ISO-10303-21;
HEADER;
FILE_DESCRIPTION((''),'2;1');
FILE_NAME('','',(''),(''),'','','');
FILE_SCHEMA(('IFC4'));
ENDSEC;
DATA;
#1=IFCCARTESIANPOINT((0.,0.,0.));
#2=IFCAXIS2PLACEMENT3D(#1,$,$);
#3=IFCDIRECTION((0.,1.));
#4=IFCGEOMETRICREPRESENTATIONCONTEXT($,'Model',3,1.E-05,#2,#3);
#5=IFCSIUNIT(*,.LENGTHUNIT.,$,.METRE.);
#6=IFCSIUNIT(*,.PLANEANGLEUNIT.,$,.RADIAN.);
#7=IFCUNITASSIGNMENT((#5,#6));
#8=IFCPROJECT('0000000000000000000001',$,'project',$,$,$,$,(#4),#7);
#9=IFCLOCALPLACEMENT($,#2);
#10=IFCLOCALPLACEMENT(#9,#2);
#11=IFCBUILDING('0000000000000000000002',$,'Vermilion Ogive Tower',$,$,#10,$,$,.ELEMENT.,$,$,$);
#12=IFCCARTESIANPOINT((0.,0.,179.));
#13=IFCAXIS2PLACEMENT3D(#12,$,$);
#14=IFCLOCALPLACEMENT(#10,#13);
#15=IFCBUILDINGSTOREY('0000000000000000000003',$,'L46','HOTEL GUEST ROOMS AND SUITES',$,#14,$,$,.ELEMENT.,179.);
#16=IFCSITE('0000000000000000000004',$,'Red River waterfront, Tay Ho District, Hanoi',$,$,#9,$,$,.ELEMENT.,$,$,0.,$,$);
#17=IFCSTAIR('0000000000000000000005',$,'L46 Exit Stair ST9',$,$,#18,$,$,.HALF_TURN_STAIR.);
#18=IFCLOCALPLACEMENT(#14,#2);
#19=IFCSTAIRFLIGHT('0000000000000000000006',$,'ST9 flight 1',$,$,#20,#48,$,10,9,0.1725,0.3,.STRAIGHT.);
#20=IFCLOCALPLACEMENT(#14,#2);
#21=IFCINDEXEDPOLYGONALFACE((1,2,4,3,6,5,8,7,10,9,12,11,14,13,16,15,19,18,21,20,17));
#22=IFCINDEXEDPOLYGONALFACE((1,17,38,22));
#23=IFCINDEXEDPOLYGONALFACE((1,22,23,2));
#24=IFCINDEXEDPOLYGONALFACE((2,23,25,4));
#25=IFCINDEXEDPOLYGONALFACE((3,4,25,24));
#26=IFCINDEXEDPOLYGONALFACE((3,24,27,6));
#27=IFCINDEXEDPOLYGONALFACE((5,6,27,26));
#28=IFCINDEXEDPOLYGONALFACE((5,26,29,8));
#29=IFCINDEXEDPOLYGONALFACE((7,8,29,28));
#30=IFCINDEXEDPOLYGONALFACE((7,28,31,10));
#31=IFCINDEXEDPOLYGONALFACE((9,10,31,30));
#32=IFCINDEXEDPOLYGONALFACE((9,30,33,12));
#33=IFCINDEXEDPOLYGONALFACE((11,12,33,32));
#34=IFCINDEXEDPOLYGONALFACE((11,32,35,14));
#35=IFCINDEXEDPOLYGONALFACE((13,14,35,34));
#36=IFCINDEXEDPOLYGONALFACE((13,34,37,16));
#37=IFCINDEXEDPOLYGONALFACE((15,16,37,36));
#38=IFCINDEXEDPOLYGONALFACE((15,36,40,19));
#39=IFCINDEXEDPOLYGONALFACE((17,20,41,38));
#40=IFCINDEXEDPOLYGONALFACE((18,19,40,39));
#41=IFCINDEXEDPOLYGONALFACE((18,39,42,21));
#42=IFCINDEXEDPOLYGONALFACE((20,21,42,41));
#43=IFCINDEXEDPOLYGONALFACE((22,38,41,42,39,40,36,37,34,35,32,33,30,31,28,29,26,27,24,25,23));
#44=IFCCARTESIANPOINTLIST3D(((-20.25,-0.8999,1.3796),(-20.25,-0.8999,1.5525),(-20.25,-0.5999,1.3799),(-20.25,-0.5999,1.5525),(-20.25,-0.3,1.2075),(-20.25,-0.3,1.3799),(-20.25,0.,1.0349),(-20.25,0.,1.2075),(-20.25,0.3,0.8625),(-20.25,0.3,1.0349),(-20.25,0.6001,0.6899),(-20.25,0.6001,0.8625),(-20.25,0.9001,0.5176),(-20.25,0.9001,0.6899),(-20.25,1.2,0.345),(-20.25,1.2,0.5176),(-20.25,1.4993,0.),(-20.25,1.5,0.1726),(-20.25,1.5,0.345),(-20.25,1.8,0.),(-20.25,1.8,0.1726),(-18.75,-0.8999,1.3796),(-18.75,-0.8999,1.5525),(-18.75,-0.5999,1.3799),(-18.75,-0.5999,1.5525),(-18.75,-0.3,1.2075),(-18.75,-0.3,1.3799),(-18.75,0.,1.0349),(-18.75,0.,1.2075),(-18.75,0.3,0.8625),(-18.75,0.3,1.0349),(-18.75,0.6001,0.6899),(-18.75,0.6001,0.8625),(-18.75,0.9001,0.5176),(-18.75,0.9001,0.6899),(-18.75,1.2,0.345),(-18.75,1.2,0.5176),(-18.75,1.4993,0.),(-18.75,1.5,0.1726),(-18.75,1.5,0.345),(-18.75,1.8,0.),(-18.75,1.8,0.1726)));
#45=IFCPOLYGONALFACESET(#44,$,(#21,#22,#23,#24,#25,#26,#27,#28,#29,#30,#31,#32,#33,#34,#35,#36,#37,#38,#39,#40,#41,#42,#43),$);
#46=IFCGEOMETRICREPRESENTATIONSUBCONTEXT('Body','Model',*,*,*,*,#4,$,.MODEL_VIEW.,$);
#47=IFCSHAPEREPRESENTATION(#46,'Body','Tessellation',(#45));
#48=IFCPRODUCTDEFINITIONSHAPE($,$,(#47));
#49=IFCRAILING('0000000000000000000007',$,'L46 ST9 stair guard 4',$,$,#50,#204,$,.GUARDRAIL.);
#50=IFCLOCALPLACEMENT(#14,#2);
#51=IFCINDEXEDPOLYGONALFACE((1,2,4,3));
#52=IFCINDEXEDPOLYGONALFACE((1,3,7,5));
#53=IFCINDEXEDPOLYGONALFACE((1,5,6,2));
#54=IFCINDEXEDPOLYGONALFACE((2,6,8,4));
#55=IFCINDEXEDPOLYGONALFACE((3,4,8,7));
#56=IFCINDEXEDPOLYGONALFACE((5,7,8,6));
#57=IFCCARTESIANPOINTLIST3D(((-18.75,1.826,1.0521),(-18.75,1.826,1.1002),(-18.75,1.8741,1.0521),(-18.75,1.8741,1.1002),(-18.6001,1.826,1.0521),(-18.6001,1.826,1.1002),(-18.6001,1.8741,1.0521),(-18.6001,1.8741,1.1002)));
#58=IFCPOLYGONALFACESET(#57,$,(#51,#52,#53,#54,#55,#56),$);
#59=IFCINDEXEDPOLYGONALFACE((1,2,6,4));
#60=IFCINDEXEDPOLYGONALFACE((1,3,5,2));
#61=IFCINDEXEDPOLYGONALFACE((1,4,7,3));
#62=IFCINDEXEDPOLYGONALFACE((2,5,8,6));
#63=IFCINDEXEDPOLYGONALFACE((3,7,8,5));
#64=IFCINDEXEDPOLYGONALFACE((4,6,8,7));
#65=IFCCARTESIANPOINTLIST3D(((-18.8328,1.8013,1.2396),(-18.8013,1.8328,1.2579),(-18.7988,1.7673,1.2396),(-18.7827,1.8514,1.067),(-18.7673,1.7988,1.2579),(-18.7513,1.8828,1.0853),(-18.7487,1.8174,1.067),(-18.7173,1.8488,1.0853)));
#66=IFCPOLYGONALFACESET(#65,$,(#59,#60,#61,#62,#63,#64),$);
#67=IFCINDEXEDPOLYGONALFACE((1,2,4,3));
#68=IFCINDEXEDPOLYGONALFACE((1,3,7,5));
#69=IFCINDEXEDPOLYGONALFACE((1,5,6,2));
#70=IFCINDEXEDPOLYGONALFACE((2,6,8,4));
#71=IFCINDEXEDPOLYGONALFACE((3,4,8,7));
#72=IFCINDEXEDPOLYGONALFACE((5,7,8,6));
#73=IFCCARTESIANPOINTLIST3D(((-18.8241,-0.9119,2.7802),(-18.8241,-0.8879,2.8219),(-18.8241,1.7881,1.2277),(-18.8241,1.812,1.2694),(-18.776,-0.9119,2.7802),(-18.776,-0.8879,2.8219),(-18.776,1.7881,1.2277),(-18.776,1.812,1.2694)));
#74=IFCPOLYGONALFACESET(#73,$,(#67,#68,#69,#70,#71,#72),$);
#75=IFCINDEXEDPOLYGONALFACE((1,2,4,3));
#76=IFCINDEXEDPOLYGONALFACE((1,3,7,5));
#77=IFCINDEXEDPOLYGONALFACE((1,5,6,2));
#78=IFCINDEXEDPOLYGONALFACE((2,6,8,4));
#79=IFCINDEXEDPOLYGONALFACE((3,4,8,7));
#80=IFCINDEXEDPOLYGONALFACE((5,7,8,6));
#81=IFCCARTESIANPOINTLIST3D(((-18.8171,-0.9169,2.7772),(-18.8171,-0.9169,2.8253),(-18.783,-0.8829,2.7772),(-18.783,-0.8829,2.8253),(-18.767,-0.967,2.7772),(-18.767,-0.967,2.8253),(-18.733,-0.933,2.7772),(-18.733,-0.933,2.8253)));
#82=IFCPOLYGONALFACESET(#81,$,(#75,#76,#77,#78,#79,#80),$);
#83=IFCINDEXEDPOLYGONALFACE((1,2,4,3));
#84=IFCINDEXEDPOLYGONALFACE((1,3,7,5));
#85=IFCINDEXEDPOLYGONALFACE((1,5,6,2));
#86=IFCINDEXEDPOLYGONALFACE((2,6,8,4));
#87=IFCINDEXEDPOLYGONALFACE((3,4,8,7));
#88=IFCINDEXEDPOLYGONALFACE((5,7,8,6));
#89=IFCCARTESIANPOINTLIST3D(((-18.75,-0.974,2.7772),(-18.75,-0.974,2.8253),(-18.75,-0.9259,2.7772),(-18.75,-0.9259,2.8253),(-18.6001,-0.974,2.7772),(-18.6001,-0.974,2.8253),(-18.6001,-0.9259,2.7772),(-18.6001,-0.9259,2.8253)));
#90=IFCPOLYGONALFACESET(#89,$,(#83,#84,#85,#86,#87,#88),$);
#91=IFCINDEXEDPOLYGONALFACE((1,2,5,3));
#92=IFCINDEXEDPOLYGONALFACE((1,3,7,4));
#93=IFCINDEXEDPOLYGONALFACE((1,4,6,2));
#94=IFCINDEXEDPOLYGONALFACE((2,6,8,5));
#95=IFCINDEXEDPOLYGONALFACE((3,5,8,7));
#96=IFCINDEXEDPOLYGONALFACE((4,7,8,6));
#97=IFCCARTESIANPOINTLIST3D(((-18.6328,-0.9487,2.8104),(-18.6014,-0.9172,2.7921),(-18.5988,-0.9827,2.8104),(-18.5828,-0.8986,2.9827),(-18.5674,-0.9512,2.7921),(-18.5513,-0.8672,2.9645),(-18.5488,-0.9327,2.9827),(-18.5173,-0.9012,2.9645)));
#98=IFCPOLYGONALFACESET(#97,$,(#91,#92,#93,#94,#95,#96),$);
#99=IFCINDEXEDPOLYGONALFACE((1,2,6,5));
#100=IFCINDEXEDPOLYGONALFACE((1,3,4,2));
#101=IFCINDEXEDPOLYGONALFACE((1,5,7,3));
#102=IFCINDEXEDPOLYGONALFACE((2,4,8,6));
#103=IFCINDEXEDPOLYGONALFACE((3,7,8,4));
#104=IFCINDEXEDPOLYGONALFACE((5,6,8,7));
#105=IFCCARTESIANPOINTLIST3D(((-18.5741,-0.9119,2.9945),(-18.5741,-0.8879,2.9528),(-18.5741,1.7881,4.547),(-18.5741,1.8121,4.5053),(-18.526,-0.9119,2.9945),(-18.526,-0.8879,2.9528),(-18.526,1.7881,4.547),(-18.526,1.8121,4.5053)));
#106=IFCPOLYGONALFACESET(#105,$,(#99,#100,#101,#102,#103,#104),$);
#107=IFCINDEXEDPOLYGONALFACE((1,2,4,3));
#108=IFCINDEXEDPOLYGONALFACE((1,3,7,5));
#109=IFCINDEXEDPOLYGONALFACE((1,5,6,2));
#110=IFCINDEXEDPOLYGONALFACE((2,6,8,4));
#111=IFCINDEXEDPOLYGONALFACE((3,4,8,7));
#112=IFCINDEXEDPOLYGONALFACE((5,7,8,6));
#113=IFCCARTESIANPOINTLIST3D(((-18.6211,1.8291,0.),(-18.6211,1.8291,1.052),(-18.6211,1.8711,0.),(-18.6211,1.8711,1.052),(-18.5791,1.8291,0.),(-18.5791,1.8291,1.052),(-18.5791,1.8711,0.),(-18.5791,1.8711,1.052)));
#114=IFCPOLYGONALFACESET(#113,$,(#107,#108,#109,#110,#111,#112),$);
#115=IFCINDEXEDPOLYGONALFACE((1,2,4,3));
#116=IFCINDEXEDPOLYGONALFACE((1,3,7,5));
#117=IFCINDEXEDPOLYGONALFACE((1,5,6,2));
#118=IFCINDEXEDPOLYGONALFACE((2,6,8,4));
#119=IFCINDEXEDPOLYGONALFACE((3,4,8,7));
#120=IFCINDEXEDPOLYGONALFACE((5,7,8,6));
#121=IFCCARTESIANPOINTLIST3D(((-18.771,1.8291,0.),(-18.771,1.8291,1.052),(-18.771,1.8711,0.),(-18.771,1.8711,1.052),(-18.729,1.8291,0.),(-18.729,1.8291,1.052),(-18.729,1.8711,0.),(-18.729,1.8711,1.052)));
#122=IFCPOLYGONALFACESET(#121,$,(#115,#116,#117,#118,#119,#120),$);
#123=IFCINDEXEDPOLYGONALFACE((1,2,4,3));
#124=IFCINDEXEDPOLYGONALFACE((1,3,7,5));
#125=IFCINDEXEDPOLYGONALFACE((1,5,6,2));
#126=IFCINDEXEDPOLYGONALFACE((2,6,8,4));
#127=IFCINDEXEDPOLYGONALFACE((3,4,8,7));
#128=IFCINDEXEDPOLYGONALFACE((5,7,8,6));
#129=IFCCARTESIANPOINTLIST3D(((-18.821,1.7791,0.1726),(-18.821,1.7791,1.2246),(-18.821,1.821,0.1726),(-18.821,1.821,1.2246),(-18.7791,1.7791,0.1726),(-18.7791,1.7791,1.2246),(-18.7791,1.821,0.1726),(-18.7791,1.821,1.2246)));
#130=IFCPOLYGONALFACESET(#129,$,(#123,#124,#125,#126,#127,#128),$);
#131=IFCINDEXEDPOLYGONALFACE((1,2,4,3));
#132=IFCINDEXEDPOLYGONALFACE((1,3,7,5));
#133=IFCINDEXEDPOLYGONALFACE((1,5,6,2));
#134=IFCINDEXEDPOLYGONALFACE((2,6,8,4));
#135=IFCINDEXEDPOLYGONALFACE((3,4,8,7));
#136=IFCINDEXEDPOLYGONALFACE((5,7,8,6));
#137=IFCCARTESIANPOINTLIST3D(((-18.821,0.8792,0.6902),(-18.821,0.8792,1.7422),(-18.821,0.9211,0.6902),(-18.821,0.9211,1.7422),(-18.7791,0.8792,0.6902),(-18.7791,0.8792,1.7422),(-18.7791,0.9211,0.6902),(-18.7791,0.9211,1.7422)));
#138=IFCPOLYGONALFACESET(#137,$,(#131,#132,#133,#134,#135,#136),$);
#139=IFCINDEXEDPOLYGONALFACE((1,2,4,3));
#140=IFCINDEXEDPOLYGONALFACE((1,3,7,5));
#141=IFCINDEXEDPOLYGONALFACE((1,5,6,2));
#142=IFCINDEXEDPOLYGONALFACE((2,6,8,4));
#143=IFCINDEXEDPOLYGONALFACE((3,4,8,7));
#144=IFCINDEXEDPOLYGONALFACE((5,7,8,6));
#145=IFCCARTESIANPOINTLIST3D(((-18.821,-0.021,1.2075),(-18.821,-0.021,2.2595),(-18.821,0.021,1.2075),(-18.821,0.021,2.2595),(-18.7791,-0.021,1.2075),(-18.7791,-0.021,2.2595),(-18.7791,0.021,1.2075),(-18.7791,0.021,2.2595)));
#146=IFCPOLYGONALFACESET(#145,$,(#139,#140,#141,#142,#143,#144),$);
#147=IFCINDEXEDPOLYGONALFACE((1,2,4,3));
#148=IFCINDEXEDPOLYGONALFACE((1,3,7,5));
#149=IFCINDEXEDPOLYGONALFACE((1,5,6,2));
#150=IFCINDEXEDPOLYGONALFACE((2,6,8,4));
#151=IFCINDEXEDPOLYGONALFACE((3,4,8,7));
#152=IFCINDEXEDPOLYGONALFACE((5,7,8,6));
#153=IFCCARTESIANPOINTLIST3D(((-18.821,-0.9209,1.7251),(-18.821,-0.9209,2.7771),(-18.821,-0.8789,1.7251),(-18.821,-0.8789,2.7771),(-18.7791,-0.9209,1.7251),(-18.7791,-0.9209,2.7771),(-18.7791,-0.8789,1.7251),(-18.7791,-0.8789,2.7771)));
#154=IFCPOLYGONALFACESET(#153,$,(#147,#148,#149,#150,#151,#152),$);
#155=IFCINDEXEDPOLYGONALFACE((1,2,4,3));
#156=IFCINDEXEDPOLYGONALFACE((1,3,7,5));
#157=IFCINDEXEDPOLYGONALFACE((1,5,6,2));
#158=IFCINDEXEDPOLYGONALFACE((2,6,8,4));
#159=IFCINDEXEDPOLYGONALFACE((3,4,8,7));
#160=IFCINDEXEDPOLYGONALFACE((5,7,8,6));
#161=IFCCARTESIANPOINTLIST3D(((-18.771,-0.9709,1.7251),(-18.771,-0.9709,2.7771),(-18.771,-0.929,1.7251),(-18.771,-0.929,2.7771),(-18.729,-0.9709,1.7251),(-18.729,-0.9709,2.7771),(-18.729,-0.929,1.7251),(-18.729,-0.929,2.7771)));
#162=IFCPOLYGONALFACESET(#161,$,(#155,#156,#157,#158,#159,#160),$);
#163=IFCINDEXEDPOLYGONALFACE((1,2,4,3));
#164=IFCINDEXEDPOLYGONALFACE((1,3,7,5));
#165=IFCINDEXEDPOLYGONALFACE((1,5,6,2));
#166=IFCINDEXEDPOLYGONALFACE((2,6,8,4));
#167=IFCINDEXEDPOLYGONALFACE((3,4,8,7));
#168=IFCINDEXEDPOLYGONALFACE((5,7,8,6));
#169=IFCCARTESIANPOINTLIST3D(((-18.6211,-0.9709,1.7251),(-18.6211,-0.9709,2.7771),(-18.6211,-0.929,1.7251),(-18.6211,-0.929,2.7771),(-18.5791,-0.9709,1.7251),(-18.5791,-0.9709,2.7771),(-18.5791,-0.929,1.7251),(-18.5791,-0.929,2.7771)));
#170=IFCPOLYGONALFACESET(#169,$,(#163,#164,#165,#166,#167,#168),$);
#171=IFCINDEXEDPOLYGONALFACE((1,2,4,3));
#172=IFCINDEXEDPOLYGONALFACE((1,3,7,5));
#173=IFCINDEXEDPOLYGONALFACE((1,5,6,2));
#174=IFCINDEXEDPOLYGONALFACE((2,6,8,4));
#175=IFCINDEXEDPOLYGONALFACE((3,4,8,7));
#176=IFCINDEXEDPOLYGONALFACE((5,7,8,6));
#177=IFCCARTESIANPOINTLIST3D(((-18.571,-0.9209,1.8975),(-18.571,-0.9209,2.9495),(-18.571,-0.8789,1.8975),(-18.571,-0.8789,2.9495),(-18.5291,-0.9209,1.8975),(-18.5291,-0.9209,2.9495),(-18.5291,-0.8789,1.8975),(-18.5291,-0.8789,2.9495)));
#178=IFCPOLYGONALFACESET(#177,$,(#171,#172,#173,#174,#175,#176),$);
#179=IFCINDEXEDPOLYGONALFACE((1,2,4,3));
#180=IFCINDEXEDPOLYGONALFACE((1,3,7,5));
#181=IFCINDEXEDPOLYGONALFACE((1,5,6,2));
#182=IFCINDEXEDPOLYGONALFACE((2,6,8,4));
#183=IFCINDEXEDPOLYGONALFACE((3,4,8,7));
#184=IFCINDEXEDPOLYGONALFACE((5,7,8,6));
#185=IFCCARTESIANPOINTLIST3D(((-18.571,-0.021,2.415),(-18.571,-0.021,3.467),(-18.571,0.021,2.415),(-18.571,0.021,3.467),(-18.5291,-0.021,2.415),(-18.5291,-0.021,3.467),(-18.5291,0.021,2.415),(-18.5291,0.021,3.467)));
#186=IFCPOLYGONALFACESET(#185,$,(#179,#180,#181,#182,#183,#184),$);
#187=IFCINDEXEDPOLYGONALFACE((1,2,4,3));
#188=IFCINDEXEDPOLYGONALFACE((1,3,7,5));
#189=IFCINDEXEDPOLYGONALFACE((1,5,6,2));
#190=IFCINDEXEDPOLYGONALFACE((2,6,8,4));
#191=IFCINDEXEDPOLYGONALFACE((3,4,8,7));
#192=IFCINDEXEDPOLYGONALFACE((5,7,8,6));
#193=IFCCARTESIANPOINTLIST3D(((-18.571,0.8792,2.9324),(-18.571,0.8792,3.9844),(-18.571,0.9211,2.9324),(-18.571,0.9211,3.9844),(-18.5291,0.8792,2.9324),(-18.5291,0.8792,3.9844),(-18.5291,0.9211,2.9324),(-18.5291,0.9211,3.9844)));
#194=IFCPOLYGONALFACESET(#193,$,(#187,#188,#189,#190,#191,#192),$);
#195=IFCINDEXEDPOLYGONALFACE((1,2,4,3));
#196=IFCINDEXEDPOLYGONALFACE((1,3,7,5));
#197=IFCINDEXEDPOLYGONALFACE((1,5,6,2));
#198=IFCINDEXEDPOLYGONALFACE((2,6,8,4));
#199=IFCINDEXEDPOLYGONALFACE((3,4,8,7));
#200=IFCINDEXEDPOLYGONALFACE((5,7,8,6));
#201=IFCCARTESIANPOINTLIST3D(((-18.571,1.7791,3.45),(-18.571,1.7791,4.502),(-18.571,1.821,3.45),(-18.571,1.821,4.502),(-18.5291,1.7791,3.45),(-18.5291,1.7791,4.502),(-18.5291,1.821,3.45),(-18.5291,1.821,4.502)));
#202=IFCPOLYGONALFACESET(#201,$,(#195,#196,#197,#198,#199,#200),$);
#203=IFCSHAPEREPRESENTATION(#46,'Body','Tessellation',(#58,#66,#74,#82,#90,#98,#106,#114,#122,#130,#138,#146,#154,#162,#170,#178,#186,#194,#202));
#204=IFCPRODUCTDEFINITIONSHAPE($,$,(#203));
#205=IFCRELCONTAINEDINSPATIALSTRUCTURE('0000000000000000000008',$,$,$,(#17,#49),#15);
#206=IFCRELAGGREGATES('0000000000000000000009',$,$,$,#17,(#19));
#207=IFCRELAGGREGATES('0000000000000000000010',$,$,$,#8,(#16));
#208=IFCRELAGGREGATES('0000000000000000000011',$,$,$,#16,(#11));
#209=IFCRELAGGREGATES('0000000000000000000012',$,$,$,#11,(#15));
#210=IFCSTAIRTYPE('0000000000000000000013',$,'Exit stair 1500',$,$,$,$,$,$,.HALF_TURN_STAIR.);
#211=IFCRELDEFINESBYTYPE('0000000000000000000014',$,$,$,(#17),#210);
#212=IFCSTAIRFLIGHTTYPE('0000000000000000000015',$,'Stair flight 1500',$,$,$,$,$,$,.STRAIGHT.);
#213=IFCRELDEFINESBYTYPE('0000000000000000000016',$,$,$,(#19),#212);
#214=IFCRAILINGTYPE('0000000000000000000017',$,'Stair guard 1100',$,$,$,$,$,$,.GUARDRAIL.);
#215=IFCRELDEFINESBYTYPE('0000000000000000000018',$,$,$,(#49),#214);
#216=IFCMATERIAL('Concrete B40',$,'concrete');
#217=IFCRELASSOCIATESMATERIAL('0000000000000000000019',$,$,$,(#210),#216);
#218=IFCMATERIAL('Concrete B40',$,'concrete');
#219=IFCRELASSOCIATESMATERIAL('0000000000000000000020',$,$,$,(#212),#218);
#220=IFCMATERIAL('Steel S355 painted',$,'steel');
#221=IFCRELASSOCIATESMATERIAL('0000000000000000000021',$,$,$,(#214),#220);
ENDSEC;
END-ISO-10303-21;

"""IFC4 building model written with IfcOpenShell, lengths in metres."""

from ifc_helpers import new_model, si_unit, direction, frame, origin, origin_2d, place, context, subcontext, project, spatial, polyline, rectangle, outline, extrude, material, type_object, element, aggregate, save


model = new_model("IFC4")

# Units and contexts
model_context = context("Model", 3, precision=1e-05, world=origin(), true_north=direction((0.0, 1.0)))
body_context = subcontext(model_context, "Body", "Model", "MODEL_VIEW")
ifc_project = project(units=[si_unit("LENGTHUNIT", "METRE"), si_unit("PLANEANGLEUNIT", "RADIAN")], contexts=[model_context])

# Site, building, storey
site_placement = place(None, origin())
site = spatial("IfcSite", under=ifc_project, at=site_placement, Name="Red River waterfront, Tay Ho District, Hanoi", CompositionType="ELEMENT", RefElevation=0.0)
building_placement = place(site_placement, origin())
building = spatial("IfcBuilding", under=site, at=building_placement, Name="Vermilion Ogive Tower", CompositionType="ELEMENT")
storey_placement = place(building_placement, frame((0.0, 0.0, 179.0)))
storey = spatial("IfcBuildingStorey", under=building, at=storey_placement, Name="L46", Description="HOTEL GUEST ROOMS AND SUITES", CompositionType="ELEMENT", Elevation=179.0)

# Stair, stair flight
ifc_material_1 = material(Name="Concrete B40", Category="concrete")
stair_type = type_object("IfcStairType", Name="Exit stair 1500", PredefinedType="HALF_TURN_STAIR", material=ifc_material_1)
stair_placement = place(storey_placement, origin())
stair = element("IfcStair", 1, at=stair_placement, inside=storey, type_object=stair_type, Name="L46 Exit Stair ST9", PredefinedType="HALF_TURN_STAIR")
ifc_material_2 = material(Name="Concrete B40", Category="concrete")
stair_flight_type = type_object("IfcStairFlightType", Name="Stair flight 1500", PredefinedType="STRAIGHT", material=ifc_material_2)
stair_flight_placement = place(storey_placement, frame((-19.5, 1.8, 0.0), z_axis=(0.0, 0.0, 1.0), x_axis=(0.0, -1.0, 0.0)))
stair_flight = element("IfcStairFlight", 2, at=stair_flight_placement, type_object=stair_flight_type, Name="ST9 flight 1", NumberOfRisers=10, NumberOfTreads=9, PredefinedType="STRAIGHT", RiserHeight=0.1725, TreadLength=0.3, context=body_context, shape_type="SweptSolid", body=[
    extrude(outline(polyline([(0.0, 0.0), (0.0, 0.1726), (0.3, 0.1726), (0.3, 0.345), (0.6001, 0.345), (0.6001, 0.5176), (0.8999, 0.5176), (0.8999, 0.6899), (1.2, 0.6899), (1.2, 0.8625), (1.5, 0.8625), (1.5, 1.0349), (1.8, 1.0349), (1.8, 1.2075), (2.1001, 1.2075), (2.1001, 1.3799), (2.3999, 1.3799), (2.3999, 1.5525), (2.7, 1.5525), (2.7, 1.7251), (2.7, 1.3796), (0.3008, 0.0), (0.0, 0.0)])), frame((0.0, 0.75, 0.0), z_axis=(0.0, -1.0, 0.0), x_axis=(1.0, 0.0, 0.0)), (0.0, 0.0, 1.0), 1.5),
])
aggregate(stair, [stair_flight])

# Railing
ifc_material_3 = material(Name="Steel S355 painted", Category="steel")
railing_type_1 = type_object("IfcRailingType", Name="Stair guard 1100", PredefinedType="GUARDRAIL", material=ifc_material_3)
railing_1_placement = place(storey_placement, frame((-18.6001, 1.8501, 0.0)))
element("IfcRailing", 3, at=railing_1_placement, inside=storey, type_object=railing_type_1, Name="L46 ST9 stair guard 4", PredefinedType="GUARDRAIL", context=body_context, shape_type="SweptSolid", body=[
    extrude(rectangle(XDim=0.0481, YDim=0.0481, at=origin_2d()), frame((0.0, 0.0, 1.0762), z_axis=(-1.0, 0.0, 0.0), x_axis=(0.0, -1.0, 0.0)), (0.0, 0.0, 1.0), 0.1499),
    extrude(rectangle(XDim=0.0481, YDim=0.0481, at=origin_2d()), frame((-0.1499, 0.0, 1.0762), z_axis=(-0.268278, -0.268278, 0.925232), x_axis=(0.707107, -0.707107, 0.0)), (0.0, 0.0, 1.0), 0.1865),
    extrude(rectangle(XDim=0.0481, YDim=0.0481, at=origin_2d()), frame((-0.2, -0.05, 1.2485), z_axis=(0.0, -0.866904, 0.498476), x_axis=(1.0, 0.0, 0.0)), (0.0, 0.0, 1.0), 3.1145),
    extrude(rectangle(XDim=0.0481, YDim=0.0481, at=origin_2d()), frame((-0.2, -2.75, 2.8013), z_axis=(0.707107, -0.707107, 0.0), x_axis=(0.707107, 0.707107, 0.0)), (0.0, 0.0, 1.0), 0.0708),
    extrude(rectangle(XDim=0.0481, YDim=0.0481, at=origin_2d()), frame((-0.1499, -2.8, 2.8013), z_axis=(1.0, 0.0, 0.0), x_axis=(0.0, 1.0, 0.0)), (0.0, 0.0, 1.0), 0.1499),
    extrude(rectangle(XDim=0.0481, YDim=0.0481, at=origin_2d()), frame((0.0, -2.8, 2.8013), z_axis=(0.268603, 0.268603, 0.925043), x_axis=(-0.707107, 0.707107, 0.0)), (0.0, 0.0, 1.0), 0.1863),
    extrude(rectangle(XDim=0.0481, YDim=0.0481, at=origin_2d()), frame((0.05, -2.75, 2.9736), z_axis=(0.0, 0.866904, 0.498476), x_axis=(-1.0, 0.0, 0.0)), (0.0, 0.0, 1.0), 3.1145),
    extrude(rectangle(XDim=0.042, YDim=0.042, at=origin_2d()), origin(), (0.0, 0.0, 1.0), 1.052),
    extrude(rectangle(XDim=0.042, YDim=0.042, at=origin_2d()), frame((-0.1499, 0.0, 0.0)), (0.0, 0.0, 1.0), 1.052),
    extrude(rectangle(XDim=0.042, YDim=0.042, at=origin_2d()), frame((-0.2, -0.05, 0.1726)), (0.0, 0.0, 1.0), 1.052),
    extrude(rectangle(XDim=0.042, YDim=0.042, at=origin_2d()), frame((-0.2, -0.95, 0.6902)), (0.0, 0.0, 1.0), 1.052),
    extrude(rectangle(XDim=0.042, YDim=0.042, at=origin_2d()), frame((-0.2, -1.8501, 1.2075)), (0.0, 0.0, 1.0), 1.052),
    extrude(rectangle(XDim=0.042, YDim=0.042, at=origin_2d()), frame((-0.2, -2.75, 1.7251)), (0.0, 0.0, 1.0), 1.052),
    extrude(rectangle(XDim=0.042, YDim=0.042, at=origin_2d()), frame((-0.1499, -2.8, 1.7251)), (0.0, 0.0, 1.0), 1.052),
    extrude(rectangle(XDim=0.042, YDim=0.042, at=origin_2d()), frame((0.0, -2.8, 1.7251)), (0.0, 0.0, 1.0), 1.052),
    extrude(rectangle(XDim=0.042, YDim=0.042, at=origin_2d()), frame((0.05, -2.75, 1.8975)), (0.0, 0.0, 1.0), 1.052),
    extrude(rectangle(XDim=0.042, YDim=0.042, at=origin_2d()), frame((0.05, -1.8501, 2.415)), (0.0, 0.0, 1.0), 1.052),
    extrude(rectangle(XDim=0.042, YDim=0.042, at=origin_2d()), frame((0.05, -0.95, 2.9324)), (0.0, 0.0, 1.0), 1.052),
    extrude(rectangle(XDim=0.042, YDim=0.042, at=origin_2d()), frame((0.05, -0.05, 3.45)), (0.0, 0.0, 1.0), 1.052),
])

save(model, "model.ifc")
